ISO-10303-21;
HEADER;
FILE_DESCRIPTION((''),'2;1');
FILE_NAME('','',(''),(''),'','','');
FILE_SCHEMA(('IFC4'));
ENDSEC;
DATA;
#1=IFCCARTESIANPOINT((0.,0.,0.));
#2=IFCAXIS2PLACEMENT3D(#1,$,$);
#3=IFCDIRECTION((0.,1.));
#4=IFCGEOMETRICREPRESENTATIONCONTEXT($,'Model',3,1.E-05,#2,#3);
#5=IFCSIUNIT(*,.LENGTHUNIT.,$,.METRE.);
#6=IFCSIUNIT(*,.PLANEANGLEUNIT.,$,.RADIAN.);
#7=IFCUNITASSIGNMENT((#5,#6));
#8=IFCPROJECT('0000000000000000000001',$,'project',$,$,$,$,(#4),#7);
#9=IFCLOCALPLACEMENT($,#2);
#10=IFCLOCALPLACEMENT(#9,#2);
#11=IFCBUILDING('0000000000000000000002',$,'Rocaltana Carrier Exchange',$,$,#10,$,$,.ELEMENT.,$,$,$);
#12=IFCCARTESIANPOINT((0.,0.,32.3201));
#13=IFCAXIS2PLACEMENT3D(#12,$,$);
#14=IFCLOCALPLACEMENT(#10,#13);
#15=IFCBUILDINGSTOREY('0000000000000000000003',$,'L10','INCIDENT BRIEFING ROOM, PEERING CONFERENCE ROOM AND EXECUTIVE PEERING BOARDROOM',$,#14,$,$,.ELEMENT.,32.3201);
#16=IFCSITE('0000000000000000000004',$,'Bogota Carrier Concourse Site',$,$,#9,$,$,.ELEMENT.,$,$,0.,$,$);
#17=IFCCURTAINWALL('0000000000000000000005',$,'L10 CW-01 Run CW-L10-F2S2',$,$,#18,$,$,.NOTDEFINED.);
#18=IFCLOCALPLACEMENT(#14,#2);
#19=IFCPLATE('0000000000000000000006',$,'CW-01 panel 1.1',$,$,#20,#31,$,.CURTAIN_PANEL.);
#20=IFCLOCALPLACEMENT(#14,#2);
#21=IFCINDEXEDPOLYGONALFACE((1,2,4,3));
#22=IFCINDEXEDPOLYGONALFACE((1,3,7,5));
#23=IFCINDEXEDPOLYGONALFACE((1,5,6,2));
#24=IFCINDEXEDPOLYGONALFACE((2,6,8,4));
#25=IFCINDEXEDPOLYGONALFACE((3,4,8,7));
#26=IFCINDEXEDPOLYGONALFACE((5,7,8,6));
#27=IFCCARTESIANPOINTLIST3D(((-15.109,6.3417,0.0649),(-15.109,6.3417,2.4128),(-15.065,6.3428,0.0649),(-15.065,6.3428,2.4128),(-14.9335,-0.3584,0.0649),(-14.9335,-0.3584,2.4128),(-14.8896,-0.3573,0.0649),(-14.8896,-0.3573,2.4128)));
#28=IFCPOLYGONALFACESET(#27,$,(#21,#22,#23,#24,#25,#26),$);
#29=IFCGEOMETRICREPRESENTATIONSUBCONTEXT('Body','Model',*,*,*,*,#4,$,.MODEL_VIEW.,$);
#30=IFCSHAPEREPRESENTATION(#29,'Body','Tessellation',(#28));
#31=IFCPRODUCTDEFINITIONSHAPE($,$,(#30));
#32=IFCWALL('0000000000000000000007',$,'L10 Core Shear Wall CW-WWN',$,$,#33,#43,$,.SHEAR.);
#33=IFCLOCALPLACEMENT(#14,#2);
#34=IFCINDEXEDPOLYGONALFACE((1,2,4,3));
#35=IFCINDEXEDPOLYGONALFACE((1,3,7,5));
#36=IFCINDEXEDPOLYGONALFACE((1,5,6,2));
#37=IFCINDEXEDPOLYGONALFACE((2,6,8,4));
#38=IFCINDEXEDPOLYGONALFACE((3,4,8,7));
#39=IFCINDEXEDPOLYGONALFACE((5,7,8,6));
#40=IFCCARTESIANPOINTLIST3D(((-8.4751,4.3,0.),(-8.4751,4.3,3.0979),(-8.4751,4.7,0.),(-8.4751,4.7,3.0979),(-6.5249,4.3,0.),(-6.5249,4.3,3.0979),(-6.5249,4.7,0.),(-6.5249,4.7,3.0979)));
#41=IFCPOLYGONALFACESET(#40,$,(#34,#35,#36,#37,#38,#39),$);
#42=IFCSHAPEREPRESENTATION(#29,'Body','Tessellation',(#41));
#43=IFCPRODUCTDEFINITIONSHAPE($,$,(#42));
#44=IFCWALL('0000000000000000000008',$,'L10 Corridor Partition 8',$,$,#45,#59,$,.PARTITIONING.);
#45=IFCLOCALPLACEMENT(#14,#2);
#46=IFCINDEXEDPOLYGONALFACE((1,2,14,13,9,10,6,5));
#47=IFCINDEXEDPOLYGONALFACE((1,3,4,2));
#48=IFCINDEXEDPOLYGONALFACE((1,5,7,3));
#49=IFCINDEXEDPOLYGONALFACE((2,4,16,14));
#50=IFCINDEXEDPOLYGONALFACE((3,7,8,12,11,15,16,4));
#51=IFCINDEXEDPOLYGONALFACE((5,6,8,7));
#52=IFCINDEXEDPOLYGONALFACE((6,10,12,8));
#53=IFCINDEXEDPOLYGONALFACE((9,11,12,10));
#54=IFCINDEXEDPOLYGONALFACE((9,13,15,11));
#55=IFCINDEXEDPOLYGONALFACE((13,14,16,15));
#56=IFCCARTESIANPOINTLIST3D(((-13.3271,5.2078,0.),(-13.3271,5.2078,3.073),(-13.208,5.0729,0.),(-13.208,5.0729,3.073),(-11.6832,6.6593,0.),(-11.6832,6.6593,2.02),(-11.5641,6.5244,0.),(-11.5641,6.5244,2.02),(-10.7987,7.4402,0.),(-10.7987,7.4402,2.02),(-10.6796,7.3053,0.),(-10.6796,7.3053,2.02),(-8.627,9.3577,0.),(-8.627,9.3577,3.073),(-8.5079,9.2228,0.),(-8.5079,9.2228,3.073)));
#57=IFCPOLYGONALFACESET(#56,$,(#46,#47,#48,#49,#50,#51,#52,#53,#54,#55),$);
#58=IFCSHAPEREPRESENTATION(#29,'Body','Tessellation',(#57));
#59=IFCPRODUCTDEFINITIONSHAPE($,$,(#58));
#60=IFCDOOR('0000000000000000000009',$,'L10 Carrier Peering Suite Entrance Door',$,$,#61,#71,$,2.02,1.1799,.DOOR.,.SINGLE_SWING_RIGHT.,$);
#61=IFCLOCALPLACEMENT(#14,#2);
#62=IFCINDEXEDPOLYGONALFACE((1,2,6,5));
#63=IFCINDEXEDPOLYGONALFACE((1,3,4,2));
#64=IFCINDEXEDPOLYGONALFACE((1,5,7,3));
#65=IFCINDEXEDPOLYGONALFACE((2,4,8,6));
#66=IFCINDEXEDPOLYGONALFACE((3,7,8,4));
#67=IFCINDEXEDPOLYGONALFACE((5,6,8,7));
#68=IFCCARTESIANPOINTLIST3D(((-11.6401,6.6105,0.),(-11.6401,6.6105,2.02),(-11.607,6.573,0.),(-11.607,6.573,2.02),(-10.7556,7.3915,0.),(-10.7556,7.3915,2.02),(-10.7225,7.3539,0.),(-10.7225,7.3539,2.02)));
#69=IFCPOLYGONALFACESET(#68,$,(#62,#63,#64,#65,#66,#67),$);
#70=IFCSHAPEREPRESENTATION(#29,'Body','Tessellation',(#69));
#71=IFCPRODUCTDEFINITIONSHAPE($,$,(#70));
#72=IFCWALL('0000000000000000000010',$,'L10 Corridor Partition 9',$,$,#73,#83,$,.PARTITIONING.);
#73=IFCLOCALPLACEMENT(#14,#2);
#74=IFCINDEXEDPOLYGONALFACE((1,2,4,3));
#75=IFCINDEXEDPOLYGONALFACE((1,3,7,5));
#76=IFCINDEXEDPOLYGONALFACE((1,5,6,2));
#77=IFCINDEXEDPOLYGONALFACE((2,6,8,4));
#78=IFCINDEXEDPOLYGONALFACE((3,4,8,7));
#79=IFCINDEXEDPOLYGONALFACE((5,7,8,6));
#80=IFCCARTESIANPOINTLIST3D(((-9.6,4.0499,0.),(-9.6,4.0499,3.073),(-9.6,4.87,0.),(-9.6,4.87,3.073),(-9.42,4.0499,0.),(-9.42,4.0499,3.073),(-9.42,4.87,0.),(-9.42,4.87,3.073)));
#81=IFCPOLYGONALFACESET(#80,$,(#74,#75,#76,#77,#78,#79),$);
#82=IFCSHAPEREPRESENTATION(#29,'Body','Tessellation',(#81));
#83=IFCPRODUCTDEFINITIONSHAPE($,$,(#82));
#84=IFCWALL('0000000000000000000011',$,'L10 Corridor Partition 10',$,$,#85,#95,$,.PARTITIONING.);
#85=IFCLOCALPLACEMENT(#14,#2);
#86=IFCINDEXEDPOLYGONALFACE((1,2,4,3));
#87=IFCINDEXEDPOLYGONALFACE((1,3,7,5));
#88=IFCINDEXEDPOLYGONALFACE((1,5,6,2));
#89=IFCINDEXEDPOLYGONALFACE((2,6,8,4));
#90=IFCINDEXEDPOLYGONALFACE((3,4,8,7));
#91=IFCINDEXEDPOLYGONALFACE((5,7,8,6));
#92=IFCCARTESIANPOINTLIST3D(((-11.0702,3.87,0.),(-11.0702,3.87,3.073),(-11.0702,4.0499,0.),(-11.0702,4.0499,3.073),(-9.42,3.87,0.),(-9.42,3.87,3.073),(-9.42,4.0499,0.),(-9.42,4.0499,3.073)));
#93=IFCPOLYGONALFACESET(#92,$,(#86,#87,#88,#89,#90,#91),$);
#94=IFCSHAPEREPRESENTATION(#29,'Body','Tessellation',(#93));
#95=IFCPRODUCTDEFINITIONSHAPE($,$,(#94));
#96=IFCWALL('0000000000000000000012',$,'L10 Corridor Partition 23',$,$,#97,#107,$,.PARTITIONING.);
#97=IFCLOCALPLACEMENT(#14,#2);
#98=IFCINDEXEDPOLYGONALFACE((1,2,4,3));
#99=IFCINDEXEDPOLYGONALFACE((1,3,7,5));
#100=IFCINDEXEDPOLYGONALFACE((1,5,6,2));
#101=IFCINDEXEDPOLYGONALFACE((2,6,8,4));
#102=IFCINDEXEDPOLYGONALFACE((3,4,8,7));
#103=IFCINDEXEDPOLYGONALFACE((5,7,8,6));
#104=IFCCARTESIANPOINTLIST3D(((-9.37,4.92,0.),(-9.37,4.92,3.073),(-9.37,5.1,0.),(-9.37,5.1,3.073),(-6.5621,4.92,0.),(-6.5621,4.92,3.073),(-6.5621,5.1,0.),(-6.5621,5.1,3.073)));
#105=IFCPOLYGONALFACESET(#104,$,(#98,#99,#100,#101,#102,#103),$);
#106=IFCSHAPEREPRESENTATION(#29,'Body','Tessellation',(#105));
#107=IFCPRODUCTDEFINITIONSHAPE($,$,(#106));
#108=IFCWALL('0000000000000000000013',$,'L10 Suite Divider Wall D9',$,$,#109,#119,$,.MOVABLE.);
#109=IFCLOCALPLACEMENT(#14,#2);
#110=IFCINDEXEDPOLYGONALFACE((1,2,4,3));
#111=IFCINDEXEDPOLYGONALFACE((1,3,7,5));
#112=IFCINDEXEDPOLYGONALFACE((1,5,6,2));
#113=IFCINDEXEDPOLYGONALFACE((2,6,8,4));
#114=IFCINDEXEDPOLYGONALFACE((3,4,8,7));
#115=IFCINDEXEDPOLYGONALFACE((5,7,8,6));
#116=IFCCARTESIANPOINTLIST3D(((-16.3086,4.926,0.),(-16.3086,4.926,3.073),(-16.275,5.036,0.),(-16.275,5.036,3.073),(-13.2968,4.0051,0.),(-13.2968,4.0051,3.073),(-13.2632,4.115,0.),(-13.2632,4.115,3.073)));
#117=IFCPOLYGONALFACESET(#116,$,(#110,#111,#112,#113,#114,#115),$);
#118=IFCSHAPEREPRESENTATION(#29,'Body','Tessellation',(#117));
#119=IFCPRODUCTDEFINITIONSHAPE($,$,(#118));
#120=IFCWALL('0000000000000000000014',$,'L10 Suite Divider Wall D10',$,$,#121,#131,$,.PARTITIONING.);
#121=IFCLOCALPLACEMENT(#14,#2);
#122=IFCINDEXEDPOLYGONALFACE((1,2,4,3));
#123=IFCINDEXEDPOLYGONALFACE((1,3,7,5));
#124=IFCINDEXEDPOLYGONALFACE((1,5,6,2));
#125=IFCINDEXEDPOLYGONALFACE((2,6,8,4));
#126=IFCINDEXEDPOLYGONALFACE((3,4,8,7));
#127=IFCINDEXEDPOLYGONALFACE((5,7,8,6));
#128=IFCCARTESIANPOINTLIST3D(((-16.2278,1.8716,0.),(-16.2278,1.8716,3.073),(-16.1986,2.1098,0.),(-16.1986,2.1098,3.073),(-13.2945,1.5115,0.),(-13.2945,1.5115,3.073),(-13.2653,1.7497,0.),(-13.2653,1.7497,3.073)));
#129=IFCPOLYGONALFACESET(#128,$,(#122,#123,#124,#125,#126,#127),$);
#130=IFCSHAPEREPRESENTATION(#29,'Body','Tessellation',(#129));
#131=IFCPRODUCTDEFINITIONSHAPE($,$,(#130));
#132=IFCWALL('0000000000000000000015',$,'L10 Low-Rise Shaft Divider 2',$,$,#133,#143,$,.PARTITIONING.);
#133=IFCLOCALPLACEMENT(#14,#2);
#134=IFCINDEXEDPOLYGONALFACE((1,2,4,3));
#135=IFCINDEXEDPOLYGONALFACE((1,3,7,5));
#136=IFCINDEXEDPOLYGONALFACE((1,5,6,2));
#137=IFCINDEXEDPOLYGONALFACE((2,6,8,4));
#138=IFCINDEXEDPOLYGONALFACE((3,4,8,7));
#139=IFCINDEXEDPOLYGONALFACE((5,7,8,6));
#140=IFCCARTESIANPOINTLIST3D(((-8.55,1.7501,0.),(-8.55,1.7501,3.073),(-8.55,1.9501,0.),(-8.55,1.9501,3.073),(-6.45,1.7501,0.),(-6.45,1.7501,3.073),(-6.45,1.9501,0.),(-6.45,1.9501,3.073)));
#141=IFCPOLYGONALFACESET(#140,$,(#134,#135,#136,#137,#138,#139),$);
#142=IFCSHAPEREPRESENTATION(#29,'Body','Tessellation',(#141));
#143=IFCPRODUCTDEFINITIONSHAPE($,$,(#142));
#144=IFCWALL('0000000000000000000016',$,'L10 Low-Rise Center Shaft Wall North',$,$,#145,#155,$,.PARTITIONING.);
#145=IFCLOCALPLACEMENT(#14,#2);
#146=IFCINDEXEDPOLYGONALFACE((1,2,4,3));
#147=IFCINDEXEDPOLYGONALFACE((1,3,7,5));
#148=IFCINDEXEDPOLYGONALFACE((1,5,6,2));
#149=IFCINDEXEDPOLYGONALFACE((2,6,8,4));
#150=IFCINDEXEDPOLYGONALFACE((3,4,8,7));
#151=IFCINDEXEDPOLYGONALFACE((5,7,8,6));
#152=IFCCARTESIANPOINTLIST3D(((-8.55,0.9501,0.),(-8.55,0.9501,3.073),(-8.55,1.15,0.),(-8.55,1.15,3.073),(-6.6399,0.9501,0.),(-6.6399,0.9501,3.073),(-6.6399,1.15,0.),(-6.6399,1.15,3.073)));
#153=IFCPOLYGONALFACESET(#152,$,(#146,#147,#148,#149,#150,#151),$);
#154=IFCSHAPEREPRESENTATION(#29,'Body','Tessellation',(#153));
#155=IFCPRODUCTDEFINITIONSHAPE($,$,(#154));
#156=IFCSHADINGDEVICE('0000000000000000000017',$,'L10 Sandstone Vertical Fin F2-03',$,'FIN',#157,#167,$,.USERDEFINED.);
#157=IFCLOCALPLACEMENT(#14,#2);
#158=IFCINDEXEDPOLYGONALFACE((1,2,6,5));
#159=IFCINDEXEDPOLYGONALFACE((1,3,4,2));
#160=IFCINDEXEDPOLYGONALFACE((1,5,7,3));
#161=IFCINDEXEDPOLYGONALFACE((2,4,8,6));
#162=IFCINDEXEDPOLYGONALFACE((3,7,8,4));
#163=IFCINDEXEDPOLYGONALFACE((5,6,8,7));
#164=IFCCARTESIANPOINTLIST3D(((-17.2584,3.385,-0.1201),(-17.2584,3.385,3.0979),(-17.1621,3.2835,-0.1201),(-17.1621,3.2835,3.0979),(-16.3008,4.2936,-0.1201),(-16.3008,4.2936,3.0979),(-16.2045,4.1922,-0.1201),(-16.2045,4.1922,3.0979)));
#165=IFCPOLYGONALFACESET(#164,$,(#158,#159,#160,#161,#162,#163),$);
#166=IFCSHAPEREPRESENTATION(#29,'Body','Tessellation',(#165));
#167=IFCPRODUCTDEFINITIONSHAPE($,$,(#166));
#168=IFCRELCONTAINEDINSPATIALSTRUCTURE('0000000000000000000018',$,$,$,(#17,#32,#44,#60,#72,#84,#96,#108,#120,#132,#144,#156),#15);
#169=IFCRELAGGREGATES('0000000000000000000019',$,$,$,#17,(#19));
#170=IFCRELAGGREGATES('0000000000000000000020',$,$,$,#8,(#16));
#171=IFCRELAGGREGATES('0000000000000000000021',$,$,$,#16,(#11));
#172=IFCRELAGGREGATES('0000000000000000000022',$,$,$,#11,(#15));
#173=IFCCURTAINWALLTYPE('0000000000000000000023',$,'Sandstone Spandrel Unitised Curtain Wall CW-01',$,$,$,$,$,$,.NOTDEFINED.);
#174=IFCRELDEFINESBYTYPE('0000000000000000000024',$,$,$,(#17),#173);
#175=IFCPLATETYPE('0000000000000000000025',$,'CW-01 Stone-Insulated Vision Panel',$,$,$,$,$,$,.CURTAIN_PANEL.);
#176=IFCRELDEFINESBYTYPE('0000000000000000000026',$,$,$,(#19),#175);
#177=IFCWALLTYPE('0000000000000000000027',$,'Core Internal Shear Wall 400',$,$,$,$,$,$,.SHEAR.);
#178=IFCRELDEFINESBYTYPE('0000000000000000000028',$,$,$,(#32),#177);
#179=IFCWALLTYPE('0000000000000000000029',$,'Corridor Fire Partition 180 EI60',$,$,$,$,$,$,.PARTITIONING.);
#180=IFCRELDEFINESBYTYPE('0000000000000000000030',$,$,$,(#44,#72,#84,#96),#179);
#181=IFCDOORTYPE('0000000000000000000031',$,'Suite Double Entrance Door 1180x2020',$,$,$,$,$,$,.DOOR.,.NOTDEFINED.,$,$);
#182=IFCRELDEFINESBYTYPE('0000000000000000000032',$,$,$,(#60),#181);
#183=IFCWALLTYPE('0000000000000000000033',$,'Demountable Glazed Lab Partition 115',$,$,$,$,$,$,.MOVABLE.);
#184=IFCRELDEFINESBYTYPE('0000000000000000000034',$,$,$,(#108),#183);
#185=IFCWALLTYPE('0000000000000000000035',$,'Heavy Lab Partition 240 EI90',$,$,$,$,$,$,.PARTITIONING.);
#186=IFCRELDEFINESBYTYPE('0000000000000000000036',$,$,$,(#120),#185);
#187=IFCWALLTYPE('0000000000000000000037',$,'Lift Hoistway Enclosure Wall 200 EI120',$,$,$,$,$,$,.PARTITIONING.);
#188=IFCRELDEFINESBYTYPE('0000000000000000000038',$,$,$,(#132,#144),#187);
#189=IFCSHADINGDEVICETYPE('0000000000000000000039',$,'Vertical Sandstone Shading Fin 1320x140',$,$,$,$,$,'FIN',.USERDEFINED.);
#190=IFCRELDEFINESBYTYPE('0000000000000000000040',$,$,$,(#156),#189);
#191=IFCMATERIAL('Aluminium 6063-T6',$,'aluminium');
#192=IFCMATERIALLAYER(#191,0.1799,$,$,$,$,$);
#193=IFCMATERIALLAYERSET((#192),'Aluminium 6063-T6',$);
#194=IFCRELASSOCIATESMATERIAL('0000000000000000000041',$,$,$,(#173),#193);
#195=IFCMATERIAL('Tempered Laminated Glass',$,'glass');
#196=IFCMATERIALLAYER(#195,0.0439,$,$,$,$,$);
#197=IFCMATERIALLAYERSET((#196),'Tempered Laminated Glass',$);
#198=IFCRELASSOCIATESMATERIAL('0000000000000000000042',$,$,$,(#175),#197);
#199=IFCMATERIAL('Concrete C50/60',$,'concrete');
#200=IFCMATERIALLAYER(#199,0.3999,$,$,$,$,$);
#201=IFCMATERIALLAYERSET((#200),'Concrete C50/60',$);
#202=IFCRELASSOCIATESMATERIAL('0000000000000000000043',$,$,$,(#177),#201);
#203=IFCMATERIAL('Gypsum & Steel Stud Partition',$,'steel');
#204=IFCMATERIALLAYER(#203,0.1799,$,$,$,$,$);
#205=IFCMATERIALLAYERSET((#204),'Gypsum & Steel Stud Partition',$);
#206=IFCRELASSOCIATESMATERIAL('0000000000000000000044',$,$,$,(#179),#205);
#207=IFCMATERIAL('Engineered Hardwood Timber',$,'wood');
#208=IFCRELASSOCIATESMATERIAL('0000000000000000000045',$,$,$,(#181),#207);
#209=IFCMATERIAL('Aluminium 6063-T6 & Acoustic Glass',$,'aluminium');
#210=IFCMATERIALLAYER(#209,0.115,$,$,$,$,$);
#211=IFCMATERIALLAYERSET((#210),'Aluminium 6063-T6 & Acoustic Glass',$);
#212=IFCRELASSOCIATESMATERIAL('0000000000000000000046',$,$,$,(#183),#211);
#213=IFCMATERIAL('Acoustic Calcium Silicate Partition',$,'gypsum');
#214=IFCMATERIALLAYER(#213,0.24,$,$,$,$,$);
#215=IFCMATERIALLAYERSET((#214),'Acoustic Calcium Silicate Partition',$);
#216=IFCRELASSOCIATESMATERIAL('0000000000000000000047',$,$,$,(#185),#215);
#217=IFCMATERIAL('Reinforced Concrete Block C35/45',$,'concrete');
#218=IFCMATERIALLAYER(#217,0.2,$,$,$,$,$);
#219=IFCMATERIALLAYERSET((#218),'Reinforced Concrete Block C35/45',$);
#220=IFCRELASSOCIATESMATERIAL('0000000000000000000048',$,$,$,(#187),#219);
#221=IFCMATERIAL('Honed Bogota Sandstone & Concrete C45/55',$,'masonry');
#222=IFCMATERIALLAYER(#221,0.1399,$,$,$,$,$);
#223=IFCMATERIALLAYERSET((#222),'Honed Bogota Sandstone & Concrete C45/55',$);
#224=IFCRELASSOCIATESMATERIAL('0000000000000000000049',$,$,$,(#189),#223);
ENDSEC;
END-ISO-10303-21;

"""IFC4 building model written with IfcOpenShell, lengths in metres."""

from ifc_helpers import new_model, si_unit, direction, frame, frame_2d, origin, origin_2d, place, context, subcontext, project, spatial, rectangle, extrude, material, layer, layer_set, type_object, element, fill, aggregate, save


model = new_model("IFC4")

# Units and contexts
model_context = context("Model", 3, precision=1e-05, world=origin(), true_north=direction((0.0, 1.0)))
body_context = subcontext(model_context, "Body", "Model", "MODEL_VIEW")
ifc_project = project(units=[si_unit("LENGTHUNIT", "METRE"), si_unit("PLANEANGLEUNIT", "RADIAN")], contexts=[model_context])

# Site, building, storey
site_placement = place(None, origin())
site = spatial("IfcSite", under=ifc_project, at=site_placement, Name="Bogota Carrier Concourse Site", CompositionType="ELEMENT", RefElevation=0.0)
building_placement = place(site_placement, origin())
building = spatial("IfcBuilding", under=site, at=building_placement, Name="Rocaltana Carrier Exchange", CompositionType="ELEMENT")
storey_placement = place(building_placement, frame((0.0, 0.0, 32.3201)))
storey = spatial("IfcBuildingStorey", under=building, at=storey_placement, Name="L10", Description="INCIDENT BRIEFING ROOM, PEERING CONFERENCE ROOM AND EXECUTIVE PEERING BOARDROOM", CompositionType="ELEMENT", Elevation=32.3201)

# Curtain wall
ifc_material_1 = material(Name="Aluminium 6063-T6", Category="aluminium")
ifc_layer_1 = layer(ifc_material_1, 0.1799)
ifc_layer_set_1 = layer_set([ifc_layer_1], Name="Aluminium 6063-T6")
curtain_wall_type = type_object("IfcCurtainWallType", Name="Sandstone Spandrel Unitised Curtain Wall CW-01", PredefinedType="NOTDEFINED", material=ifc_layer_set_1)
curtain_wall_placement = place(storey_placement, origin())
curtain_wall = element("IfcCurtainWall", 1, at=curtain_wall_placement, inside=storey, type_object=curtain_wall_type, Name="L10 CW-01 Run CW-L10-F2S2", PredefinedType="NOTDEFINED")

# Plate
ifc_material_2 = material(Name="Tempered Laminated Glass", Category="glass")
ifc_layer_2 = layer(ifc_material_2, 0.0439)
ifc_layer_set_2 = layer_set([ifc_layer_2], Name="Tempered Laminated Glass")
plate_type = type_object("IfcPlateType", Name="CW-01 Stone-Insulated Vision Panel", PredefinedType="CURTAIN_PANEL", material=ifc_layer_set_2)
plate_placement = place(storey_placement, frame((-14.9993, 2.9922, 0.0649), z_axis=(0.0, 0.0, 1.0), x_axis=(0.026177, -0.999657, 0.0)))
plate = element("IfcPlate", 2, at=plate_placement, type_object=plate_type, Name="CW-01 panel 1.1", PredefinedType="CURTAIN_PANEL", context=body_context, shape_type="SweptSolid", body=[
    extrude(rectangle(XDim=6.7024, YDim=0.0439, at=origin_2d()), origin(), (0.0, 0.0, 1.0), 2.3479),
])
aggregate(curtain_wall, [plate])

# Wall
ifc_material_3 = material(Name="Concrete C50/60", Category="concrete")
ifc_layer_3 = layer(ifc_material_3, 0.3999)
ifc_layer_set_3 = layer_set([ifc_layer_3], Name="Concrete C50/60")
wall_type_1 = type_object("IfcWallType", Name="Core Internal Shear Wall 400", PredefinedType="SHEAR", material=ifc_layer_set_3)
wall_1_placement = place(storey_placement, frame((-8.4751, 4.5, 0.0), z_axis=(0.0, 0.0, 1.0), x_axis=(1.0, 0.0, 0.0)))
element("IfcWall", 3, at=wall_1_placement, inside=storey, type_object=wall_type_1, Name="L10 Core Shear Wall CW-WWN", PredefinedType="SHEAR", context=body_context, shape_type="SweptSolid", body=[
    extrude(rectangle(XDim=1.9502, YDim=0.3999, at=frame_2d((0.9751, 0.0))), origin(), (0.0, 0.0, 1.0), 3.0979),
])

# Wall, opening, door
ifc_material_4 = material(Name="Gypsum & Steel Stud Partition", Category="steel")
ifc_layer_4 = layer(ifc_material_4, 0.1799)
ifc_layer_set_4 = layer_set([ifc_layer_4], Name="Gypsum & Steel Stud Partition")
wall_type_2 = type_object("IfcWallType", Name="Corridor Fire Partition 180 EI60", PredefinedType="PARTITIONING", material=ifc_layer_set_4)
wall_2_placement = place(storey_placement, frame((-13.2676, 5.1404, 0.0), z_axis=(0.0, 0.0, 1.0), x_axis=(0.749626, 0.661861, 0.0)))
wall_2 = element("IfcWall", 4, at=wall_2_placement, inside=storey, type_object=wall_type_2, Name="L10 Corridor Partition 8", PredefinedType="PARTITIONING", context=body_context, shape_type="SweptSolid", body=[
    extrude(rectangle(XDim=6.27, YDim=0.1799, at=frame_2d((3.135, 0.0))), origin(), (0.0, 0.0, 1.0), 3.073),
])
opening_placement = place(wall_2_placement, frame((2.1931, 0.0, 0.0)))
opening = element("IfcOpeningElement", 5, at=opening_placement, cuts=wall_2, PredefinedType="OPENING", context=body_context, shape_type="SweptSolid", body=[
    extrude(rectangle(XDim=1.1799, YDim=2.02, at=frame_2d((0.5898, 1.01))), frame((0.0, 0.0999, 0.0), z_axis=(0.0, -1.0, 0.0), x_axis=(1.0, 0.0, 0.0)), (0.0, 0.0, 1.0), 0.2),
])
ifc_material_5 = material(Name="Engineered Hardwood Timber", Category="wood")
door_type = type_object("IfcDoorType", Name="Suite Double Entrance Door 1180x2020", OperationType="NOTDEFINED", PredefinedType="DOOR", material=ifc_material_5)
door_placement = place(opening_placement, origin())
door = element("IfcDoor", 6, at=door_placement, inside=storey, type_object=door_type, Name="L10 Carrier Peering Suite Entrance Door", OperationType="SINGLE_SWING_RIGHT", OverallHeight=2.02, OverallWidth=1.1799, PredefinedType="DOOR", context=body_context, shape_type="SweptSolid", body=[
    extrude(rectangle(XDim=1.1799, YDim=2.02, at=frame_2d((0.5898, 1.01))), frame((0.0, 0.0249, 0.0), z_axis=(0.0, -1.0, 0.0), x_axis=(1.0, 0.0, 0.0)), (0.0, 0.0, 1.0), 0.05),
])
fill(opening, door)

# Walls
wall_3_placement = place(storey_placement, frame((-9.51, 4.8701, 0.0), z_axis=(0.0, 0.0, 1.0), x_axis=(0.0, -1.0, 0.0)))
element("IfcWall", 7, at=wall_3_placement, inside=storey, type_object=wall_type_2, Name="L10 Corridor Partition 9", PredefinedType="PARTITIONING", context=body_context, shape_type="SweptSolid", body=[
    extrude(rectangle(XDim=0.8201, YDim=0.1799, at=frame_2d((0.4102, 0.0))), origin(), (0.0, 0.0, 1.0), 3.073),
])
wall_4_placement = place(storey_placement, frame((-9.4199, 3.96, 0.0), z_axis=(0.0, 0.0, 1.0), x_axis=(-1.0, 0.0, 0.0)))
element("IfcWall", 8, at=wall_4_placement, inside=storey, type_object=wall_type_2, Name="L10 Corridor Partition 10", PredefinedType="PARTITIONING", context=body_context, shape_type="SweptSolid", body=[
    extrude(rectangle(XDim=1.6501, YDim=0.1799, at=frame_2d((0.8252, 0.0))), origin(), (0.0, 0.0, 1.0), 3.073),
])
wall_5_placement = place(storey_placement, frame((-6.5623, 5.01, 0.0), z_axis=(0.0, 0.0, 1.0), x_axis=(-1.0, 0.0, 0.0)))
element("IfcWall", 9, at=wall_5_placement, inside=storey, type_object=wall_type_2, Name="L10 Corridor Partition 23", PredefinedType="PARTITIONING", context=body_context, shape_type="SweptSolid", body=[
    extrude(rectangle(XDim=2.8079, YDim=0.1799, at=frame_2d((1.4038, 0.0))), origin(), (0.0, 0.0, 1.0), 3.073),
])
ifc_material_6 = material(Name="Aluminium 6063-T6 & Acoustic Glass", Category="aluminium")
ifc_layer_5 = layer(ifc_material_6, 0.115)
ifc_layer_set_5 = layer_set([ifc_layer_5], Name="Aluminium 6063-T6 & Acoustic Glass")
wall_type_3 = type_object("IfcWallType", Name="Demountable Glazed Lab Partition 115", PredefinedType="MOVABLE", material=ifc_layer_set_5)
wall_6_placement = place(storey_placement, frame((-13.28, 4.0601, 0.0), z_axis=(0.0, 0.0, 1.0), x_axis=(-0.956294, 0.292408, 0.0)))
element("IfcWall", 10, at=wall_6_placement, inside=storey, type_object=wall_type_3, Name="L10 Suite Divider Wall D9", PredefinedType="MOVABLE", context=body_context, shape_type="SweptSolid", body=[
    extrude(rectangle(XDim=3.1494, YDim=0.115, at=frame_2d((1.5747, 0.0))), origin(), (0.0, 0.0, 1.0), 3.073),
])
ifc_material_7 = material(Name="Acoustic Calcium Silicate Partition", Category="gypsum")
ifc_layer_6 = layer(ifc_material_7, 0.24)
ifc_layer_set_6 = layer_set([ifc_layer_6], Name="Acoustic Calcium Silicate Partition")
wall_type_4 = type_object("IfcWallType", Name="Heavy Lab Partition 240 EI90", PredefinedType="PARTITIONING", material=ifc_layer_set_6)
wall_7_placement = place(storey_placement, frame((-13.28, 1.6306, 0.0), z_axis=(0.0, 0.0, 1.0), x_axis=(-0.992549, 0.121848, 0.0)))
element("IfcWall", 11, at=wall_7_placement, inside=storey, type_object=wall_type_4, Name="L10 Suite Divider Wall D10", PredefinedType="PARTITIONING", context=body_context, shape_type="SweptSolid", body=[
    extrude(rectangle(XDim=2.9553, YDim=0.24, at=frame_2d((1.4775, 0.0))), origin(), (0.0, 0.0, 1.0), 3.073),
])
ifc_material_8 = material(Name="Reinforced Concrete Block C35/45", Category="concrete")
ifc_layer_7 = layer(ifc_material_8, 0.2)
ifc_layer_set_7 = layer_set([ifc_layer_7], Name="Reinforced Concrete Block C35/45")
wall_type_5 = type_object("IfcWallType", Name="Lift Hoistway Enclosure Wall 200 EI120", PredefinedType="PARTITIONING", material=ifc_layer_set_7)
wall_8_placement = place(storey_placement, frame((-8.55, 1.8501, 0.0), z_axis=(0.0, 0.0, 1.0), x_axis=(1.0, 0.0, 0.0)))
element("IfcWall", 12, at=wall_8_placement, inside=storey, type_object=wall_type_5, Name="L10 Low-Rise Shaft Divider 2", PredefinedType="PARTITIONING", context=body_context, shape_type="SweptSolid", body=[
    extrude(rectangle(XDim=2.1001, YDim=0.2, at=frame_2d((1.05, 0.0))), origin(), (0.0, 0.0, 1.0), 3.073),
])
wall_9_placement = place(storey_placement, frame((-8.55, 1.05, 0.0), z_axis=(0.0, 0.0, 1.0), x_axis=(1.0, 0.0, 0.0)))
element("IfcWall", 13, at=wall_9_placement, inside=storey, type_object=wall_type_5, Name="L10 Low-Rise Center Shaft Wall North", PredefinedType="PARTITIONING", context=body_context, shape_type="SweptSolid", body=[
    extrude(rectangle(XDim=1.9102, YDim=0.2, at=frame_2d((0.9551, 0.0))), origin(), (0.0, 0.0, 1.0), 3.073),
])

# Shading device
ifc_material_9 = material(Name="Honed Bogota Sandstone & Concrete C45/55", Category="masonry")
ifc_layer_8 = layer(ifc_material_9, 0.1399)
ifc_layer_set_8 = layer_set([ifc_layer_8], Name="Honed Bogota Sandstone & Concrete C45/55")
shading_device_type = type_object("IfcShadingDeviceType", Name="Vertical Sandstone Shading Fin 1320x140", ElementType="FIN", PredefinedType="USERDEFINED", material=ifc_layer_set_8)
shading_device_placement = place(storey_placement, frame((-16.7314, 3.7886, -0.1201), z_axis=(0.0, 0.0, 1.0), x_axis=(-0.725374, -0.688355, 0.0)))
element("IfcShadingDevice", 14, at=shading_device_placement, inside=storey, type_object=shading_device_type, Name="L10 Sandstone Vertical Fin F2-03", ObjectType="FIN", PredefinedType="USERDEFINED", context=body_context, shape_type="SweptSolid", body=[
    extrude(rectangle(XDim=1.3201, YDim=0.1399, at=origin_2d()), origin(), (0.0, 0.0, 1.0), 3.218),
])

save(model, "model.ifc")
